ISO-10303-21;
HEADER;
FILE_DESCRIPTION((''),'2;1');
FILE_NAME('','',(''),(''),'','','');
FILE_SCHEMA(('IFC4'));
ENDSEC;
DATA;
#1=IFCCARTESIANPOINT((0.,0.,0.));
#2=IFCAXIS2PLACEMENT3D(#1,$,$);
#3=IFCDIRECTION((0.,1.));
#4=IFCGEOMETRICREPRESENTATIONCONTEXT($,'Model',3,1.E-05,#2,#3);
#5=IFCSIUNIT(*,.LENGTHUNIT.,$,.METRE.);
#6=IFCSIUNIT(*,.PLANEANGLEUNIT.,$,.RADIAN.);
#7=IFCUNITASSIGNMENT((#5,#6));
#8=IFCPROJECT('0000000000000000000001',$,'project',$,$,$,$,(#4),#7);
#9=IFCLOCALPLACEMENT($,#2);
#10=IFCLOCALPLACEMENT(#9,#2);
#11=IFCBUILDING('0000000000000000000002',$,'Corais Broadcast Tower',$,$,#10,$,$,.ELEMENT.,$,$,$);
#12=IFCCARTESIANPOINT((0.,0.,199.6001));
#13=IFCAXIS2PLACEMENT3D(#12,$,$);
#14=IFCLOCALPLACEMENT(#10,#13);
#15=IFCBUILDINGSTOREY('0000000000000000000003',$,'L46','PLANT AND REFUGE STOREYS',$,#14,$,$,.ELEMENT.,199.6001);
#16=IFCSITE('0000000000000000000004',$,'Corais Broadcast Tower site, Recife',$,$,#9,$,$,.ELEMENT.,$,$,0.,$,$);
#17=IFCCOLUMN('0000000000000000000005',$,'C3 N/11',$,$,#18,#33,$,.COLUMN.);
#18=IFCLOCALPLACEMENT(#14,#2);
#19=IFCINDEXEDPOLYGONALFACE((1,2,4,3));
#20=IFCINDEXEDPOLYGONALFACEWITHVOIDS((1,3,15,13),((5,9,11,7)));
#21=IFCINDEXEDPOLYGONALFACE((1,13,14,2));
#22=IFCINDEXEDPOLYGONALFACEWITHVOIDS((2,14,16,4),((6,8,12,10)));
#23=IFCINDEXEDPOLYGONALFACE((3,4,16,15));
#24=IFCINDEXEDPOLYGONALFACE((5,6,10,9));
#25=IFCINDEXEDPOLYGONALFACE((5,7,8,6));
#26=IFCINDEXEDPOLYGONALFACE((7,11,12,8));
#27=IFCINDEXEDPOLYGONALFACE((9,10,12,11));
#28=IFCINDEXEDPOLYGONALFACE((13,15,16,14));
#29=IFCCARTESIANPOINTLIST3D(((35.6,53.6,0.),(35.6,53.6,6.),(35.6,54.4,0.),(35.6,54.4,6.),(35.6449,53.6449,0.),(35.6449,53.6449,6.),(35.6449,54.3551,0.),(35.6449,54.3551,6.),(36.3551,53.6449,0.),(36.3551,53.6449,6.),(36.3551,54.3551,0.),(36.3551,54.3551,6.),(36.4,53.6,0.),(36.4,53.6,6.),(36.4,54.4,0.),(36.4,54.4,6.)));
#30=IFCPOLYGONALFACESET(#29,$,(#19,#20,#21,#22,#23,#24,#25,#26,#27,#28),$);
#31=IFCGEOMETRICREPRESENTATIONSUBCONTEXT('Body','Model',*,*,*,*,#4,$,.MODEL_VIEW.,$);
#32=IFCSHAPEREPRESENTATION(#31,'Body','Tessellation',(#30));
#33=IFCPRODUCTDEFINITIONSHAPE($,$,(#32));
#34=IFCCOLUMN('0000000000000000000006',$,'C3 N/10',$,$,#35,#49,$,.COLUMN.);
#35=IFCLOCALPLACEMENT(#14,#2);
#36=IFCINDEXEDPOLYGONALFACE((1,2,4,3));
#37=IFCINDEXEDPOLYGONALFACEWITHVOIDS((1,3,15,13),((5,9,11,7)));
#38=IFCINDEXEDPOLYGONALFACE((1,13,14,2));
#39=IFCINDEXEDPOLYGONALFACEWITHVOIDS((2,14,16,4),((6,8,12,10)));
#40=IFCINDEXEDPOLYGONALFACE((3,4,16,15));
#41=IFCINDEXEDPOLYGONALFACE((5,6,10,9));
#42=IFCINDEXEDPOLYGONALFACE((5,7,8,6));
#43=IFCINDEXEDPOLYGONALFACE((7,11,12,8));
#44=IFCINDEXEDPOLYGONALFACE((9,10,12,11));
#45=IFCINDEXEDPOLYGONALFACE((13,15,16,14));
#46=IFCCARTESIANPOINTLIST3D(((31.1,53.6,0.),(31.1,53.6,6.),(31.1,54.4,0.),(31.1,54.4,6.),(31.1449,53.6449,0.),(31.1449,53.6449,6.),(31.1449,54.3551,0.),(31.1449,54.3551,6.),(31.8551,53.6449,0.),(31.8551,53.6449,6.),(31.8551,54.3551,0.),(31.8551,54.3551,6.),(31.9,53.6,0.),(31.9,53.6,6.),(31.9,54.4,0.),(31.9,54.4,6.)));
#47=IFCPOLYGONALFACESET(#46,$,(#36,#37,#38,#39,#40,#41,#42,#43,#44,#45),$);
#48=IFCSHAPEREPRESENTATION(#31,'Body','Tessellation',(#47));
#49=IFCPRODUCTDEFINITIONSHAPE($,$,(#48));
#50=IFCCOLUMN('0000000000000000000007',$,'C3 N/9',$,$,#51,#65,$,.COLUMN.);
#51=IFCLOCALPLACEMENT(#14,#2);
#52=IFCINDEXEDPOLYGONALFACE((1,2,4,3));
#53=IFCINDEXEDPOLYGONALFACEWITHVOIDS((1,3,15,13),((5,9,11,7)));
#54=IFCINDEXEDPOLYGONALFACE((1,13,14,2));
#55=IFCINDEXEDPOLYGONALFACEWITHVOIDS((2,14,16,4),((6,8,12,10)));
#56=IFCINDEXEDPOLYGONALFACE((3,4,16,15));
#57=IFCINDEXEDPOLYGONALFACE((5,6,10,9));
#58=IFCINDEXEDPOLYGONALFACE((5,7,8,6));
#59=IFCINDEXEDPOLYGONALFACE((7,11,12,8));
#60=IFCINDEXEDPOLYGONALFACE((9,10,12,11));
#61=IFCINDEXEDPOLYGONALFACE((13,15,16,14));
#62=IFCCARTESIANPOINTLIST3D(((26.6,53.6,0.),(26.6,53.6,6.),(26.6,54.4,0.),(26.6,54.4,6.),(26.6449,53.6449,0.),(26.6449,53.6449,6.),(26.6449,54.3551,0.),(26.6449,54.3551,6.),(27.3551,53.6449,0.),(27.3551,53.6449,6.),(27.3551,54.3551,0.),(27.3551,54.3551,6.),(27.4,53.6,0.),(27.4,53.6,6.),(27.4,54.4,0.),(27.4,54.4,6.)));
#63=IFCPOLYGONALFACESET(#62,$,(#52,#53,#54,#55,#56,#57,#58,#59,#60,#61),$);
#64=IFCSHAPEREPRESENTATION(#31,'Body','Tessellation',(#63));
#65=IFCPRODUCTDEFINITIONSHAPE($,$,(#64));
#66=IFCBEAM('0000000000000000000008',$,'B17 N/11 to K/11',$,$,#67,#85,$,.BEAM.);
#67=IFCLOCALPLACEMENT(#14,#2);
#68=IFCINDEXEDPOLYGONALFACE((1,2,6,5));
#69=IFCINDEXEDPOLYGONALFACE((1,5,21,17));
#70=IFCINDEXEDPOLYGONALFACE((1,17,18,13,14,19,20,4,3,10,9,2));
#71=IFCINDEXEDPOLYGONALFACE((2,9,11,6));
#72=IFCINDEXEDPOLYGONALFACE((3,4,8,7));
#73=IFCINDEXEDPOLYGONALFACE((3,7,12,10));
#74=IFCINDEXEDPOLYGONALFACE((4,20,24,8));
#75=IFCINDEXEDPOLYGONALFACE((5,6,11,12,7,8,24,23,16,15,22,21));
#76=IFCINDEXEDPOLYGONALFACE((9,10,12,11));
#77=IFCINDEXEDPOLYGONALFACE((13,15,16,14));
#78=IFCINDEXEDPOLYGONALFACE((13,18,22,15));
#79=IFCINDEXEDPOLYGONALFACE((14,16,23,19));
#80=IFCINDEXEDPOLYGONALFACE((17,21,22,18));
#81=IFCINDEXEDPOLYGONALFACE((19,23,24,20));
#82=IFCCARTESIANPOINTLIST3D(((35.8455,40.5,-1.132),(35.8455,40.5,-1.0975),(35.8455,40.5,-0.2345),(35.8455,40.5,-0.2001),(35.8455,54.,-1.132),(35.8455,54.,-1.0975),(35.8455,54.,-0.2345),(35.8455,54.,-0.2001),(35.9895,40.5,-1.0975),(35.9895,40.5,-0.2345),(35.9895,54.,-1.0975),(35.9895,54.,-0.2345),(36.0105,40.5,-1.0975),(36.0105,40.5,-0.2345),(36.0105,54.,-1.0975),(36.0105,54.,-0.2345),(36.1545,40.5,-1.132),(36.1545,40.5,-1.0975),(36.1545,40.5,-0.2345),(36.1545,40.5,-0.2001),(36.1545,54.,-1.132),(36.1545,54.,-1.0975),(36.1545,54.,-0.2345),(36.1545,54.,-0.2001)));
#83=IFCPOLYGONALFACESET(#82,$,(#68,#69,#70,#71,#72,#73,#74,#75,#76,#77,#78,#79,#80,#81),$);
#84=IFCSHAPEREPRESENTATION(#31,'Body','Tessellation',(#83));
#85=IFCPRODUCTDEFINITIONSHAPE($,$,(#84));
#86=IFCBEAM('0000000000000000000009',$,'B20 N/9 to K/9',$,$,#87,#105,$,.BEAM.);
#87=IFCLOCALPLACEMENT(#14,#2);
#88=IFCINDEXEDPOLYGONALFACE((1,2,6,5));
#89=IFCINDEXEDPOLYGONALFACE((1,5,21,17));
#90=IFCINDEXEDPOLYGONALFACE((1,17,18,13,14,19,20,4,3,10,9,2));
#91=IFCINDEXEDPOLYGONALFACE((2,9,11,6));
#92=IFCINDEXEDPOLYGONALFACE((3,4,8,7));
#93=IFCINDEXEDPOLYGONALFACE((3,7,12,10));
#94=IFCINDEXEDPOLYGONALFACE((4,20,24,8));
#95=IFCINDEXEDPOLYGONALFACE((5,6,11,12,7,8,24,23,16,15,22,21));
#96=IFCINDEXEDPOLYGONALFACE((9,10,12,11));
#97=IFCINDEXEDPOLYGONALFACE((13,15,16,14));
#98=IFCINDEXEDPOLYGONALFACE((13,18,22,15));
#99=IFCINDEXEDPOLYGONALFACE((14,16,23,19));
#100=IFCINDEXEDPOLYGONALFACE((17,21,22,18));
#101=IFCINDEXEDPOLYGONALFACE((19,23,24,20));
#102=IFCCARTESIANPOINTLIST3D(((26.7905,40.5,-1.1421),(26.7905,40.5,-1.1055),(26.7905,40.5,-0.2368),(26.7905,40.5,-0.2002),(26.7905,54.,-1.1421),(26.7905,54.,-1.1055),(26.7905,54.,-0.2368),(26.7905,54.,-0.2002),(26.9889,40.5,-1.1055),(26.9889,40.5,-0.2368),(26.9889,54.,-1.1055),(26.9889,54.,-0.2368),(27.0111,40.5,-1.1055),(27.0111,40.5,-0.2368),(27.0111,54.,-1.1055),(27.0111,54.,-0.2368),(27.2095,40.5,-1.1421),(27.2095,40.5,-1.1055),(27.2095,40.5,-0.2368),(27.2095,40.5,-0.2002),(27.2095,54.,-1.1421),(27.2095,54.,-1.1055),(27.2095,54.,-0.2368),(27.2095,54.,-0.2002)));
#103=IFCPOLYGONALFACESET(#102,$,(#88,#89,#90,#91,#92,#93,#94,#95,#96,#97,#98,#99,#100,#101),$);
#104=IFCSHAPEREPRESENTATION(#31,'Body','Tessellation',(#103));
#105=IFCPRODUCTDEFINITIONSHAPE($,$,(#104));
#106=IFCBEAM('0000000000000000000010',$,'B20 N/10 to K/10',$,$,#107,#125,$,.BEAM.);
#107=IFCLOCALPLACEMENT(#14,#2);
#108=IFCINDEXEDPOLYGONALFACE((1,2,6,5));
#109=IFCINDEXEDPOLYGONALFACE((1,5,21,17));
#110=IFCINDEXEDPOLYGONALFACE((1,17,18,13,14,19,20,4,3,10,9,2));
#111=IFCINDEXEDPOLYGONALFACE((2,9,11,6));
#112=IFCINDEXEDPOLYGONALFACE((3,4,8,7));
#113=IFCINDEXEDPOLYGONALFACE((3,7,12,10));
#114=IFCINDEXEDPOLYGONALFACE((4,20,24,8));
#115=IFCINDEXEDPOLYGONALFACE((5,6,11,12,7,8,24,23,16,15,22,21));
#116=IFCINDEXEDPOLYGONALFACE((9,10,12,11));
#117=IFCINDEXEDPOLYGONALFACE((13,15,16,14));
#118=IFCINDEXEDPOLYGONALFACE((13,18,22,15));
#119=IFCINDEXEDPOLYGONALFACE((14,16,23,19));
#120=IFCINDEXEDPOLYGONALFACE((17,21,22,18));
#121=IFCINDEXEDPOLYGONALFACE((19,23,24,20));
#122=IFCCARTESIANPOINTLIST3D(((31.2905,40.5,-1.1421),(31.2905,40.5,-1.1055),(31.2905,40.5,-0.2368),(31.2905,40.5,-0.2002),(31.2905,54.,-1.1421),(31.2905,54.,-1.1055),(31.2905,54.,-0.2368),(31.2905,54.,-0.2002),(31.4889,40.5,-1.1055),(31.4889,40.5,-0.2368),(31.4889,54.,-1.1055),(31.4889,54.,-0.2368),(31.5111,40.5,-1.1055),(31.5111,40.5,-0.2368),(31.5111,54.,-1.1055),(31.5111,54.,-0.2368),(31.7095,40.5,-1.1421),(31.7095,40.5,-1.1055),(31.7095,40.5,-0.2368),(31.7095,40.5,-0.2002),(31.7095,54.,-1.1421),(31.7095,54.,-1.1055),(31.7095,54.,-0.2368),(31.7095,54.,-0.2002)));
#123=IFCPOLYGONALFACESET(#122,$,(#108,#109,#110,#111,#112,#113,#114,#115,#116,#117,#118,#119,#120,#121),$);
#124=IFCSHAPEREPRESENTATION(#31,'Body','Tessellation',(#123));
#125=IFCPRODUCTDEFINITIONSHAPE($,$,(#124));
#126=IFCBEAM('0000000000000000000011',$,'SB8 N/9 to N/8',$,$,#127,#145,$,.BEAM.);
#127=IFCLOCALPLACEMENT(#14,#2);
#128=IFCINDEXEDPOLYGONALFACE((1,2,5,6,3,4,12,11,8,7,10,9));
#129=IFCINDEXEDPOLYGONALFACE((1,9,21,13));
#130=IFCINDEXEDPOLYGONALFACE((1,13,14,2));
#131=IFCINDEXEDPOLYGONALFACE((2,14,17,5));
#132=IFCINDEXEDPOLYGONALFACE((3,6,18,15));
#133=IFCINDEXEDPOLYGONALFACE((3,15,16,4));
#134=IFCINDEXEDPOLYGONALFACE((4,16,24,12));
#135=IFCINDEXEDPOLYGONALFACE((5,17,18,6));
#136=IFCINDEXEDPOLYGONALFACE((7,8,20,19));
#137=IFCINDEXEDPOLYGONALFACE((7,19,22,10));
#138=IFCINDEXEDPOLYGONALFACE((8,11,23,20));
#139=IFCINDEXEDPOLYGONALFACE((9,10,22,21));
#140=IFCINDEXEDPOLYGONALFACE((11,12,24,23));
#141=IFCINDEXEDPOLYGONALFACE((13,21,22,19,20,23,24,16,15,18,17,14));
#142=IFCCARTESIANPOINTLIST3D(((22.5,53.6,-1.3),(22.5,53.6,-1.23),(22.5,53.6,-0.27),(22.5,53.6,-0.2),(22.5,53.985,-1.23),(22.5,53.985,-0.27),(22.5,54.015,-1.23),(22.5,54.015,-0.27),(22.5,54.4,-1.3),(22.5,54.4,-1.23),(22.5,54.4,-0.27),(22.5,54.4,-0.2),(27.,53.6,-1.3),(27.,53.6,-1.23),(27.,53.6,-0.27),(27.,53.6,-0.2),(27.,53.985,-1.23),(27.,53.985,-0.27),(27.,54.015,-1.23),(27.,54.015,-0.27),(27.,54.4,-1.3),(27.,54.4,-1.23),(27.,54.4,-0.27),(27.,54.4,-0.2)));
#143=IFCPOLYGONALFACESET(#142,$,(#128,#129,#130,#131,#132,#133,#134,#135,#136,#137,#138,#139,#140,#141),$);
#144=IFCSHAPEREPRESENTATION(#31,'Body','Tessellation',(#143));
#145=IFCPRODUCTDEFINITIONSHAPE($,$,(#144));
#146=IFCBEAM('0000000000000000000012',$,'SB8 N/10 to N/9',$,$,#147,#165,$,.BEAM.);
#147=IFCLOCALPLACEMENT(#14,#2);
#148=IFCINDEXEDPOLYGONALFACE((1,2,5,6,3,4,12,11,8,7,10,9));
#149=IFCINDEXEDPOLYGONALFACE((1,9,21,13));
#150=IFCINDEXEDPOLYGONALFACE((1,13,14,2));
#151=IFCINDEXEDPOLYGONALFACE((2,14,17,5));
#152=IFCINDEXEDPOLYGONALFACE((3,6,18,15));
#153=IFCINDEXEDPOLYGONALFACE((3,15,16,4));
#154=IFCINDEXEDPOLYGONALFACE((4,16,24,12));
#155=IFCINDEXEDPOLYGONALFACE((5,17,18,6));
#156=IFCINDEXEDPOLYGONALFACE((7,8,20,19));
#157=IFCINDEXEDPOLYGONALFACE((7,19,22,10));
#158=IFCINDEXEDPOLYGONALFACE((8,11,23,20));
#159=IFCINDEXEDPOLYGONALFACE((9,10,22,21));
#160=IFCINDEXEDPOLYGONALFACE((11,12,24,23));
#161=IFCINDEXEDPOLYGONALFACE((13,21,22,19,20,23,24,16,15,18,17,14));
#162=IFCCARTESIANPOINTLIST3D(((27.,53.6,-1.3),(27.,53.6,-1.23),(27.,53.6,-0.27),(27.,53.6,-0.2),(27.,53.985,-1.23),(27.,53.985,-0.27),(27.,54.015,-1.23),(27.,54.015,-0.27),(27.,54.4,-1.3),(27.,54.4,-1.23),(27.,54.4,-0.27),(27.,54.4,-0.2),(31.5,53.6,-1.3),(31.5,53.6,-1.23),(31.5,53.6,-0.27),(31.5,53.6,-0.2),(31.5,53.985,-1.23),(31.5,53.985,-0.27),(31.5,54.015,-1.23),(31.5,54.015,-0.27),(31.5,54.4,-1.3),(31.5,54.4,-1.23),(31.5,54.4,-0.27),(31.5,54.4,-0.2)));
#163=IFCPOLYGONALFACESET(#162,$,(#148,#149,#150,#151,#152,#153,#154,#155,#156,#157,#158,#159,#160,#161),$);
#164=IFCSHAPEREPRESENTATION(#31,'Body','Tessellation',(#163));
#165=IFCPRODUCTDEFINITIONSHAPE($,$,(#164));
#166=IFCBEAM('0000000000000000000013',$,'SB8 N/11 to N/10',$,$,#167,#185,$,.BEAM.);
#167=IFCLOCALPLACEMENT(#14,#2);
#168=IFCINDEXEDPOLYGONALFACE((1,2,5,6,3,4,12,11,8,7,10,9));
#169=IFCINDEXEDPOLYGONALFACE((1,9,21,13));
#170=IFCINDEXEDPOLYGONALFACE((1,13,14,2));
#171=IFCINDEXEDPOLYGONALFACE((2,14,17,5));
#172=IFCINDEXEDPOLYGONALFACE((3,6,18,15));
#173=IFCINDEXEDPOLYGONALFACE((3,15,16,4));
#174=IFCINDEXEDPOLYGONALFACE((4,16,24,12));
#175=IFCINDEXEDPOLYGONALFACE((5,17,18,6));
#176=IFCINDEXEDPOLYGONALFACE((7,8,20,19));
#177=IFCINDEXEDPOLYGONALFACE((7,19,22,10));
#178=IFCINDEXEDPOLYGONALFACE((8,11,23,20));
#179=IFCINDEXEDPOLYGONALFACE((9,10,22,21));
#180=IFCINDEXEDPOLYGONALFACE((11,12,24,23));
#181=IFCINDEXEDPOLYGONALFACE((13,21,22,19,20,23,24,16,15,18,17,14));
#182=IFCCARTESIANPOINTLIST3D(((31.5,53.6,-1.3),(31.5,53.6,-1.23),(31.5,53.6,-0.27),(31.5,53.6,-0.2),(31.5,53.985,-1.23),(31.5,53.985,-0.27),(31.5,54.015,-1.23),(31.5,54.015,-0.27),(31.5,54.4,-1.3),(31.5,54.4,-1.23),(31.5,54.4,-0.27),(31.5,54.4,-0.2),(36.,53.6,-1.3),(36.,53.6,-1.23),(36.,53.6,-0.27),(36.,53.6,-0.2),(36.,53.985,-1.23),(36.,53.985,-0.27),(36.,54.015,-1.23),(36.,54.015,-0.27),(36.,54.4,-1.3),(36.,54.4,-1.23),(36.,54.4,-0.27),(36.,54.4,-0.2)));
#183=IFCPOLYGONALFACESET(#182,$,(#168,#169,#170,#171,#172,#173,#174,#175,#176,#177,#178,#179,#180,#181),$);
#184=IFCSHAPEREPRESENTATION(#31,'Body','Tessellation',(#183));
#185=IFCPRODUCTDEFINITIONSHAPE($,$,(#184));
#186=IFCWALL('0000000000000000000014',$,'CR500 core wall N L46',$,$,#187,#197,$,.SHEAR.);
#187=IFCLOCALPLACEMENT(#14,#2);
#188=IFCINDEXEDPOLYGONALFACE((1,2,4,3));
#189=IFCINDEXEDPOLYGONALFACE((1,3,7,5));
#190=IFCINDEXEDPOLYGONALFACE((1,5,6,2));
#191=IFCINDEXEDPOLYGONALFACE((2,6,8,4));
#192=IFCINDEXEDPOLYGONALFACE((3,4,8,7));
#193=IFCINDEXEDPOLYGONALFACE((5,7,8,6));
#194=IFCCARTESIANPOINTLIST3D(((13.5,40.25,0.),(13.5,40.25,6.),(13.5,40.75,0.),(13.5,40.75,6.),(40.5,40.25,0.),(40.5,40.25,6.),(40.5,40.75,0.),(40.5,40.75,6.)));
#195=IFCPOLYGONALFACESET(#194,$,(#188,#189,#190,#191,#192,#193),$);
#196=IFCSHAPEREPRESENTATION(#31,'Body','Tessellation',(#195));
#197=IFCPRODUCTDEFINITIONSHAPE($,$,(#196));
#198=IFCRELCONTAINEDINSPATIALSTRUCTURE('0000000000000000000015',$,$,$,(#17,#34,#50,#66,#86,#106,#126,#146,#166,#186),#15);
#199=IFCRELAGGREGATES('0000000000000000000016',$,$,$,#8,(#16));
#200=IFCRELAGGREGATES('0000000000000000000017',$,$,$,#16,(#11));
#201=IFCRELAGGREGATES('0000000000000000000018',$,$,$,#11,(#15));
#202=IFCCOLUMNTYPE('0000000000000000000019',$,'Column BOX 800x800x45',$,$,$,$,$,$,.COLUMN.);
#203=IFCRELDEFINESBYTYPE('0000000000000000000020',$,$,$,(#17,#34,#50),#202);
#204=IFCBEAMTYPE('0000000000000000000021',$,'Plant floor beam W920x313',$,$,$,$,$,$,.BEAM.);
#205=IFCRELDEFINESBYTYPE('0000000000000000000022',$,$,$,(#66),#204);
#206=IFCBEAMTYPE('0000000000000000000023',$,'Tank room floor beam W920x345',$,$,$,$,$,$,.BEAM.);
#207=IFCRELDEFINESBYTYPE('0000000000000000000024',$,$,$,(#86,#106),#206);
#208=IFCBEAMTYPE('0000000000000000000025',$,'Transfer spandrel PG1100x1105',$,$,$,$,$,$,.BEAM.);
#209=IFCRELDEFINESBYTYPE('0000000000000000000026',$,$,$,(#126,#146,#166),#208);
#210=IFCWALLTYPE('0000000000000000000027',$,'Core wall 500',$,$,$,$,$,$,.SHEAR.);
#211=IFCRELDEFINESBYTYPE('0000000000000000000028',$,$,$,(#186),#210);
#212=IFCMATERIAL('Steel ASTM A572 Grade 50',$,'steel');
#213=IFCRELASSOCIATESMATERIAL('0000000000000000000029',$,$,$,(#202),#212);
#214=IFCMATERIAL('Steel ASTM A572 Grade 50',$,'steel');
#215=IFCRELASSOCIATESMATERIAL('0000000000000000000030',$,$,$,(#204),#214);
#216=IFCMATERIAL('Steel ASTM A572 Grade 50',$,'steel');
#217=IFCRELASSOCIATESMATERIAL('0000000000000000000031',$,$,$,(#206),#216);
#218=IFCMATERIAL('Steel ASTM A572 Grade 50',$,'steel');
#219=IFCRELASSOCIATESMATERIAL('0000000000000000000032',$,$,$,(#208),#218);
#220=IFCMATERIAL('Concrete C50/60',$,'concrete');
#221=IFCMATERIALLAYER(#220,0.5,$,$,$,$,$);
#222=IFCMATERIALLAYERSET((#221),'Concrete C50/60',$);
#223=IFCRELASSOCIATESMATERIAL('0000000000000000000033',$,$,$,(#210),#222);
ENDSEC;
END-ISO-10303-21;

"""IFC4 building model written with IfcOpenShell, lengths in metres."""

from ifc_helpers import new_model, si_unit, direction, frame, frame_2d, origin, origin_2d, place, context, subcontext, project, spatial, rectangle, hollow_rectangle, i_section, extrude, material, layer, layer_set, material_profile, profile_set, type_object, element, save


model = new_model("IFC4")

# Units and contexts
model_context = context("Model", 3, precision=1e-05, world=origin(), true_north=direction((0.0, 1.0)))
body_context = subcontext(model_context, "Body", "Model", "MODEL_VIEW")
ifc_project = project(units=[si_unit("LENGTHUNIT", "METRE"), si_unit("PLANEANGLEUNIT", "RADIAN")], contexts=[model_context])

# Site, building, storey
site_placement = place(None, origin())
site = spatial("IfcSite", under=ifc_project, at=site_placement, Name="Corais Broadcast Tower site, Recife", CompositionType="ELEMENT", RefElevation=0.0)
building_placement = place(site_placement, origin())
building = spatial("IfcBuilding", under=site, at=building_placement, Name="Corais Broadcast Tower", CompositionType="ELEMENT")
storey_placement = place(building_placement, frame((0.0, 0.0, 199.6001)))
storey = spatial("IfcBuildingStorey", under=building, at=storey_placement, Name="L46", Description="PLANT AND REFUGE STOREYS", CompositionType="ELEMENT", Elevation=199.6001)

# Columns
ifc_material_1 = material(Name="Steel ASTM A572 Grade 50", Category="steel")
ifc_material_profile_1 = material_profile(ifc_material_1, hollow_rectangle(XDim=0.8, YDim=0.8, WallThickness=0.0449, at=origin_2d()), Name="BOX 800x800x45")
ifc_profile_set_1 = profile_set([ifc_material_profile_1], Name="Steel ASTM A572 Grade 50")
column_type = type_object("IfcColumnType", Name="Column BOX 800x800x45", PredefinedType="COLUMN", material=ifc_profile_set_1)
for number, where, z_axis, x_axis, name in (
    (1, (36.0, 54.0, 0.0), (0.0, 0.0, 1.0), (1.0, 0.0, 0.0), "C3 N/11"),
    (2, (31.5, 54.0, 0.0), (0.0, 0.0, 1.0), (1.0, 0.0, 0.0), "C3 N/10"),
    (3, (27.0, 54.0, 0.0), (0.0, 0.0, 1.0), (1.0, 0.0, 0.0), "C3 N/9"),
):
    element("IfcColumn", number, at=place(storey_placement, frame(where, z_axis=z_axis, x_axis=x_axis)), inside=storey, type_object=column_type, Name=name, PredefinedType="COLUMN", context=body_context, shape_type="SweptSolid", body=[
        extrude(hollow_rectangle(XDim=0.8, YDim=0.8, WallThickness=0.0449, at=origin_2d()), origin(), (0.0, 0.0, 1.0), 6.0),
    ])

# Beams
ifc_material_2 = material(Name="Steel ASTM A572 Grade 50", Category="steel")
ifc_material_profile_2 = material_profile(ifc_material_2, i_section(OverallWidth=0.3091, OverallDepth=0.9319, WebThickness=0.021, FlangeThickness=0.0344, at=origin_2d()), Name="W920x313")
ifc_profile_set_2 = profile_set([ifc_material_profile_2], Name="Steel ASTM A572 Grade 50")
beam_type_1 = type_object("IfcBeamType", Name="Plant floor beam W920x313", PredefinedType="BEAM", material=ifc_profile_set_2)
beam_placement = place(storey_placement, frame((36.0, 54.0, -0.666), z_axis=(0.0, -1.0, 0.0), x_axis=(1.0, 0.0, 0.0)))
element("IfcBeam", 4, at=beam_placement, inside=storey, type_object=beam_type_1, Name="B17 N/11 to K/11", PredefinedType="BEAM", context=body_context, shape_type="SweptSolid", body=[
    extrude(i_section(OverallWidth=0.3091, OverallDepth=0.9319, WebThickness=0.021, FlangeThickness=0.0344, at=origin_2d()), origin(), (0.0, 0.0, 1.0), 13.5),
])
ifc_material_3 = material(Name="Steel ASTM A572 Grade 50", Category="steel")
ifc_material_profile_3 = material_profile(ifc_material_3, i_section(OverallWidth=0.4189, OverallDepth=0.9419, WebThickness=0.0222, FlangeThickness=0.0366, at=origin_2d()), Name="W920x345")
ifc_profile_set_3 = profile_set([ifc_material_profile_3], Name="Steel ASTM A572 Grade 50")
beam_type_2 = type_object("IfcBeamType", Name="Tank room floor beam W920x345", PredefinedType="BEAM", material=ifc_profile_set_3)
for number, where, z_axis, x_axis, name in (
    (5, (27.0, 54.0, -0.6711), (0.0, -1.0, 0.0), (1.0, 0.0, 0.0), "B20 N/9 to K/9"),
    (6, (31.5, 54.0, -0.6711), (0.0, -1.0, 0.0), (1.0, 0.0, 0.0), "B20 N/10 to K/10"),
):
    element("IfcBeam", number, at=place(storey_placement, frame(where, z_axis=z_axis, x_axis=x_axis)), inside=storey, type_object=beam_type_2, Name=name, PredefinedType="BEAM", context=body_context, shape_type="SweptSolid", body=[
        extrude(i_section(OverallWidth=0.4189, OverallDepth=0.9419, WebThickness=0.0222, FlangeThickness=0.0366, at=origin_2d()), origin(), (0.0, 0.0, 1.0), 13.5),
    ])
ifc_material_4 = material(Name="Steel ASTM A572 Grade 50", Category="steel")
ifc_material_profile_4 = material_profile(ifc_material_4, i_section(OverallWidth=0.8, OverallDepth=1.1001, WebThickness=0.03, FlangeThickness=0.0701, at=origin_2d()), Name="PG1100x1105")
ifc_profile_set_4 = profile_set([ifc_material_profile_4], Name="Steel ASTM A572 Grade 50")
beam_type_3 = type_object("IfcBeamType", Name="Transfer spandrel PG1100x1105", PredefinedType="BEAM", material=ifc_profile_set_4)
for number, where, z_axis, x_axis, name in (
    (7, (27.0, 54.0, -0.75), (-1.0, 0.0, 0.0), (0.0, -1.0, 0.0), "SB8 N/9 to N/8"),
    (8, (31.5, 54.0, -0.75), (-1.0, 0.0, 0.0), (0.0, -1.0, 0.0), "SB8 N/10 to N/9"),
    (9, (36.0, 54.0, -0.75), (-1.0, 0.0, 0.0), (0.0, -1.0, 0.0), "SB8 N/11 to N/10"),
):
    element("IfcBeam", number, at=place(storey_placement, frame(where, z_axis=z_axis, x_axis=x_axis)), inside=storey, type_object=beam_type_3, Name=name, PredefinedType="BEAM", context=body_context, shape_type="SweptSolid", body=[
        extrude(i_section(OverallWidth=0.8, OverallDepth=1.1001, WebThickness=0.03, FlangeThickness=0.0701, at=origin_2d()), origin(), (0.0, 0.0, 1.0), 4.5),
    ])

# Wall
ifc_material_5 = material(Name="Concrete C50/60", Category="concrete")
ifc_layer_1 = layer(ifc_material_5, 0.5)
ifc_layer_set_1 = layer_set([ifc_layer_1], Name="Concrete C50/60")
wall_type_1 = type_object("IfcWallType", Name="Core wall 500", PredefinedType="SHEAR", material=ifc_layer_set_1)
wall_1_placement = place(storey_placement, frame((40.5, 40.5, 0.0), z_axis=(0.0, 0.0, 1.0), x_axis=(-1.0, 0.0, 0.0)))
element("IfcWall", 10, at=wall_1_placement, inside=storey, type_object=wall_type_1, Name="CR500 core wall N L46", PredefinedType="SHEAR", context=body_context, shape_type="SweptSolid", body=[
    extrude(rectangle(XDim=27.0, YDim=0.5, at=frame_2d((13.5, 0.0))), origin(), (0.0, 0.0, 1.0), 6.0),
])

save(model, "model.ifc")
